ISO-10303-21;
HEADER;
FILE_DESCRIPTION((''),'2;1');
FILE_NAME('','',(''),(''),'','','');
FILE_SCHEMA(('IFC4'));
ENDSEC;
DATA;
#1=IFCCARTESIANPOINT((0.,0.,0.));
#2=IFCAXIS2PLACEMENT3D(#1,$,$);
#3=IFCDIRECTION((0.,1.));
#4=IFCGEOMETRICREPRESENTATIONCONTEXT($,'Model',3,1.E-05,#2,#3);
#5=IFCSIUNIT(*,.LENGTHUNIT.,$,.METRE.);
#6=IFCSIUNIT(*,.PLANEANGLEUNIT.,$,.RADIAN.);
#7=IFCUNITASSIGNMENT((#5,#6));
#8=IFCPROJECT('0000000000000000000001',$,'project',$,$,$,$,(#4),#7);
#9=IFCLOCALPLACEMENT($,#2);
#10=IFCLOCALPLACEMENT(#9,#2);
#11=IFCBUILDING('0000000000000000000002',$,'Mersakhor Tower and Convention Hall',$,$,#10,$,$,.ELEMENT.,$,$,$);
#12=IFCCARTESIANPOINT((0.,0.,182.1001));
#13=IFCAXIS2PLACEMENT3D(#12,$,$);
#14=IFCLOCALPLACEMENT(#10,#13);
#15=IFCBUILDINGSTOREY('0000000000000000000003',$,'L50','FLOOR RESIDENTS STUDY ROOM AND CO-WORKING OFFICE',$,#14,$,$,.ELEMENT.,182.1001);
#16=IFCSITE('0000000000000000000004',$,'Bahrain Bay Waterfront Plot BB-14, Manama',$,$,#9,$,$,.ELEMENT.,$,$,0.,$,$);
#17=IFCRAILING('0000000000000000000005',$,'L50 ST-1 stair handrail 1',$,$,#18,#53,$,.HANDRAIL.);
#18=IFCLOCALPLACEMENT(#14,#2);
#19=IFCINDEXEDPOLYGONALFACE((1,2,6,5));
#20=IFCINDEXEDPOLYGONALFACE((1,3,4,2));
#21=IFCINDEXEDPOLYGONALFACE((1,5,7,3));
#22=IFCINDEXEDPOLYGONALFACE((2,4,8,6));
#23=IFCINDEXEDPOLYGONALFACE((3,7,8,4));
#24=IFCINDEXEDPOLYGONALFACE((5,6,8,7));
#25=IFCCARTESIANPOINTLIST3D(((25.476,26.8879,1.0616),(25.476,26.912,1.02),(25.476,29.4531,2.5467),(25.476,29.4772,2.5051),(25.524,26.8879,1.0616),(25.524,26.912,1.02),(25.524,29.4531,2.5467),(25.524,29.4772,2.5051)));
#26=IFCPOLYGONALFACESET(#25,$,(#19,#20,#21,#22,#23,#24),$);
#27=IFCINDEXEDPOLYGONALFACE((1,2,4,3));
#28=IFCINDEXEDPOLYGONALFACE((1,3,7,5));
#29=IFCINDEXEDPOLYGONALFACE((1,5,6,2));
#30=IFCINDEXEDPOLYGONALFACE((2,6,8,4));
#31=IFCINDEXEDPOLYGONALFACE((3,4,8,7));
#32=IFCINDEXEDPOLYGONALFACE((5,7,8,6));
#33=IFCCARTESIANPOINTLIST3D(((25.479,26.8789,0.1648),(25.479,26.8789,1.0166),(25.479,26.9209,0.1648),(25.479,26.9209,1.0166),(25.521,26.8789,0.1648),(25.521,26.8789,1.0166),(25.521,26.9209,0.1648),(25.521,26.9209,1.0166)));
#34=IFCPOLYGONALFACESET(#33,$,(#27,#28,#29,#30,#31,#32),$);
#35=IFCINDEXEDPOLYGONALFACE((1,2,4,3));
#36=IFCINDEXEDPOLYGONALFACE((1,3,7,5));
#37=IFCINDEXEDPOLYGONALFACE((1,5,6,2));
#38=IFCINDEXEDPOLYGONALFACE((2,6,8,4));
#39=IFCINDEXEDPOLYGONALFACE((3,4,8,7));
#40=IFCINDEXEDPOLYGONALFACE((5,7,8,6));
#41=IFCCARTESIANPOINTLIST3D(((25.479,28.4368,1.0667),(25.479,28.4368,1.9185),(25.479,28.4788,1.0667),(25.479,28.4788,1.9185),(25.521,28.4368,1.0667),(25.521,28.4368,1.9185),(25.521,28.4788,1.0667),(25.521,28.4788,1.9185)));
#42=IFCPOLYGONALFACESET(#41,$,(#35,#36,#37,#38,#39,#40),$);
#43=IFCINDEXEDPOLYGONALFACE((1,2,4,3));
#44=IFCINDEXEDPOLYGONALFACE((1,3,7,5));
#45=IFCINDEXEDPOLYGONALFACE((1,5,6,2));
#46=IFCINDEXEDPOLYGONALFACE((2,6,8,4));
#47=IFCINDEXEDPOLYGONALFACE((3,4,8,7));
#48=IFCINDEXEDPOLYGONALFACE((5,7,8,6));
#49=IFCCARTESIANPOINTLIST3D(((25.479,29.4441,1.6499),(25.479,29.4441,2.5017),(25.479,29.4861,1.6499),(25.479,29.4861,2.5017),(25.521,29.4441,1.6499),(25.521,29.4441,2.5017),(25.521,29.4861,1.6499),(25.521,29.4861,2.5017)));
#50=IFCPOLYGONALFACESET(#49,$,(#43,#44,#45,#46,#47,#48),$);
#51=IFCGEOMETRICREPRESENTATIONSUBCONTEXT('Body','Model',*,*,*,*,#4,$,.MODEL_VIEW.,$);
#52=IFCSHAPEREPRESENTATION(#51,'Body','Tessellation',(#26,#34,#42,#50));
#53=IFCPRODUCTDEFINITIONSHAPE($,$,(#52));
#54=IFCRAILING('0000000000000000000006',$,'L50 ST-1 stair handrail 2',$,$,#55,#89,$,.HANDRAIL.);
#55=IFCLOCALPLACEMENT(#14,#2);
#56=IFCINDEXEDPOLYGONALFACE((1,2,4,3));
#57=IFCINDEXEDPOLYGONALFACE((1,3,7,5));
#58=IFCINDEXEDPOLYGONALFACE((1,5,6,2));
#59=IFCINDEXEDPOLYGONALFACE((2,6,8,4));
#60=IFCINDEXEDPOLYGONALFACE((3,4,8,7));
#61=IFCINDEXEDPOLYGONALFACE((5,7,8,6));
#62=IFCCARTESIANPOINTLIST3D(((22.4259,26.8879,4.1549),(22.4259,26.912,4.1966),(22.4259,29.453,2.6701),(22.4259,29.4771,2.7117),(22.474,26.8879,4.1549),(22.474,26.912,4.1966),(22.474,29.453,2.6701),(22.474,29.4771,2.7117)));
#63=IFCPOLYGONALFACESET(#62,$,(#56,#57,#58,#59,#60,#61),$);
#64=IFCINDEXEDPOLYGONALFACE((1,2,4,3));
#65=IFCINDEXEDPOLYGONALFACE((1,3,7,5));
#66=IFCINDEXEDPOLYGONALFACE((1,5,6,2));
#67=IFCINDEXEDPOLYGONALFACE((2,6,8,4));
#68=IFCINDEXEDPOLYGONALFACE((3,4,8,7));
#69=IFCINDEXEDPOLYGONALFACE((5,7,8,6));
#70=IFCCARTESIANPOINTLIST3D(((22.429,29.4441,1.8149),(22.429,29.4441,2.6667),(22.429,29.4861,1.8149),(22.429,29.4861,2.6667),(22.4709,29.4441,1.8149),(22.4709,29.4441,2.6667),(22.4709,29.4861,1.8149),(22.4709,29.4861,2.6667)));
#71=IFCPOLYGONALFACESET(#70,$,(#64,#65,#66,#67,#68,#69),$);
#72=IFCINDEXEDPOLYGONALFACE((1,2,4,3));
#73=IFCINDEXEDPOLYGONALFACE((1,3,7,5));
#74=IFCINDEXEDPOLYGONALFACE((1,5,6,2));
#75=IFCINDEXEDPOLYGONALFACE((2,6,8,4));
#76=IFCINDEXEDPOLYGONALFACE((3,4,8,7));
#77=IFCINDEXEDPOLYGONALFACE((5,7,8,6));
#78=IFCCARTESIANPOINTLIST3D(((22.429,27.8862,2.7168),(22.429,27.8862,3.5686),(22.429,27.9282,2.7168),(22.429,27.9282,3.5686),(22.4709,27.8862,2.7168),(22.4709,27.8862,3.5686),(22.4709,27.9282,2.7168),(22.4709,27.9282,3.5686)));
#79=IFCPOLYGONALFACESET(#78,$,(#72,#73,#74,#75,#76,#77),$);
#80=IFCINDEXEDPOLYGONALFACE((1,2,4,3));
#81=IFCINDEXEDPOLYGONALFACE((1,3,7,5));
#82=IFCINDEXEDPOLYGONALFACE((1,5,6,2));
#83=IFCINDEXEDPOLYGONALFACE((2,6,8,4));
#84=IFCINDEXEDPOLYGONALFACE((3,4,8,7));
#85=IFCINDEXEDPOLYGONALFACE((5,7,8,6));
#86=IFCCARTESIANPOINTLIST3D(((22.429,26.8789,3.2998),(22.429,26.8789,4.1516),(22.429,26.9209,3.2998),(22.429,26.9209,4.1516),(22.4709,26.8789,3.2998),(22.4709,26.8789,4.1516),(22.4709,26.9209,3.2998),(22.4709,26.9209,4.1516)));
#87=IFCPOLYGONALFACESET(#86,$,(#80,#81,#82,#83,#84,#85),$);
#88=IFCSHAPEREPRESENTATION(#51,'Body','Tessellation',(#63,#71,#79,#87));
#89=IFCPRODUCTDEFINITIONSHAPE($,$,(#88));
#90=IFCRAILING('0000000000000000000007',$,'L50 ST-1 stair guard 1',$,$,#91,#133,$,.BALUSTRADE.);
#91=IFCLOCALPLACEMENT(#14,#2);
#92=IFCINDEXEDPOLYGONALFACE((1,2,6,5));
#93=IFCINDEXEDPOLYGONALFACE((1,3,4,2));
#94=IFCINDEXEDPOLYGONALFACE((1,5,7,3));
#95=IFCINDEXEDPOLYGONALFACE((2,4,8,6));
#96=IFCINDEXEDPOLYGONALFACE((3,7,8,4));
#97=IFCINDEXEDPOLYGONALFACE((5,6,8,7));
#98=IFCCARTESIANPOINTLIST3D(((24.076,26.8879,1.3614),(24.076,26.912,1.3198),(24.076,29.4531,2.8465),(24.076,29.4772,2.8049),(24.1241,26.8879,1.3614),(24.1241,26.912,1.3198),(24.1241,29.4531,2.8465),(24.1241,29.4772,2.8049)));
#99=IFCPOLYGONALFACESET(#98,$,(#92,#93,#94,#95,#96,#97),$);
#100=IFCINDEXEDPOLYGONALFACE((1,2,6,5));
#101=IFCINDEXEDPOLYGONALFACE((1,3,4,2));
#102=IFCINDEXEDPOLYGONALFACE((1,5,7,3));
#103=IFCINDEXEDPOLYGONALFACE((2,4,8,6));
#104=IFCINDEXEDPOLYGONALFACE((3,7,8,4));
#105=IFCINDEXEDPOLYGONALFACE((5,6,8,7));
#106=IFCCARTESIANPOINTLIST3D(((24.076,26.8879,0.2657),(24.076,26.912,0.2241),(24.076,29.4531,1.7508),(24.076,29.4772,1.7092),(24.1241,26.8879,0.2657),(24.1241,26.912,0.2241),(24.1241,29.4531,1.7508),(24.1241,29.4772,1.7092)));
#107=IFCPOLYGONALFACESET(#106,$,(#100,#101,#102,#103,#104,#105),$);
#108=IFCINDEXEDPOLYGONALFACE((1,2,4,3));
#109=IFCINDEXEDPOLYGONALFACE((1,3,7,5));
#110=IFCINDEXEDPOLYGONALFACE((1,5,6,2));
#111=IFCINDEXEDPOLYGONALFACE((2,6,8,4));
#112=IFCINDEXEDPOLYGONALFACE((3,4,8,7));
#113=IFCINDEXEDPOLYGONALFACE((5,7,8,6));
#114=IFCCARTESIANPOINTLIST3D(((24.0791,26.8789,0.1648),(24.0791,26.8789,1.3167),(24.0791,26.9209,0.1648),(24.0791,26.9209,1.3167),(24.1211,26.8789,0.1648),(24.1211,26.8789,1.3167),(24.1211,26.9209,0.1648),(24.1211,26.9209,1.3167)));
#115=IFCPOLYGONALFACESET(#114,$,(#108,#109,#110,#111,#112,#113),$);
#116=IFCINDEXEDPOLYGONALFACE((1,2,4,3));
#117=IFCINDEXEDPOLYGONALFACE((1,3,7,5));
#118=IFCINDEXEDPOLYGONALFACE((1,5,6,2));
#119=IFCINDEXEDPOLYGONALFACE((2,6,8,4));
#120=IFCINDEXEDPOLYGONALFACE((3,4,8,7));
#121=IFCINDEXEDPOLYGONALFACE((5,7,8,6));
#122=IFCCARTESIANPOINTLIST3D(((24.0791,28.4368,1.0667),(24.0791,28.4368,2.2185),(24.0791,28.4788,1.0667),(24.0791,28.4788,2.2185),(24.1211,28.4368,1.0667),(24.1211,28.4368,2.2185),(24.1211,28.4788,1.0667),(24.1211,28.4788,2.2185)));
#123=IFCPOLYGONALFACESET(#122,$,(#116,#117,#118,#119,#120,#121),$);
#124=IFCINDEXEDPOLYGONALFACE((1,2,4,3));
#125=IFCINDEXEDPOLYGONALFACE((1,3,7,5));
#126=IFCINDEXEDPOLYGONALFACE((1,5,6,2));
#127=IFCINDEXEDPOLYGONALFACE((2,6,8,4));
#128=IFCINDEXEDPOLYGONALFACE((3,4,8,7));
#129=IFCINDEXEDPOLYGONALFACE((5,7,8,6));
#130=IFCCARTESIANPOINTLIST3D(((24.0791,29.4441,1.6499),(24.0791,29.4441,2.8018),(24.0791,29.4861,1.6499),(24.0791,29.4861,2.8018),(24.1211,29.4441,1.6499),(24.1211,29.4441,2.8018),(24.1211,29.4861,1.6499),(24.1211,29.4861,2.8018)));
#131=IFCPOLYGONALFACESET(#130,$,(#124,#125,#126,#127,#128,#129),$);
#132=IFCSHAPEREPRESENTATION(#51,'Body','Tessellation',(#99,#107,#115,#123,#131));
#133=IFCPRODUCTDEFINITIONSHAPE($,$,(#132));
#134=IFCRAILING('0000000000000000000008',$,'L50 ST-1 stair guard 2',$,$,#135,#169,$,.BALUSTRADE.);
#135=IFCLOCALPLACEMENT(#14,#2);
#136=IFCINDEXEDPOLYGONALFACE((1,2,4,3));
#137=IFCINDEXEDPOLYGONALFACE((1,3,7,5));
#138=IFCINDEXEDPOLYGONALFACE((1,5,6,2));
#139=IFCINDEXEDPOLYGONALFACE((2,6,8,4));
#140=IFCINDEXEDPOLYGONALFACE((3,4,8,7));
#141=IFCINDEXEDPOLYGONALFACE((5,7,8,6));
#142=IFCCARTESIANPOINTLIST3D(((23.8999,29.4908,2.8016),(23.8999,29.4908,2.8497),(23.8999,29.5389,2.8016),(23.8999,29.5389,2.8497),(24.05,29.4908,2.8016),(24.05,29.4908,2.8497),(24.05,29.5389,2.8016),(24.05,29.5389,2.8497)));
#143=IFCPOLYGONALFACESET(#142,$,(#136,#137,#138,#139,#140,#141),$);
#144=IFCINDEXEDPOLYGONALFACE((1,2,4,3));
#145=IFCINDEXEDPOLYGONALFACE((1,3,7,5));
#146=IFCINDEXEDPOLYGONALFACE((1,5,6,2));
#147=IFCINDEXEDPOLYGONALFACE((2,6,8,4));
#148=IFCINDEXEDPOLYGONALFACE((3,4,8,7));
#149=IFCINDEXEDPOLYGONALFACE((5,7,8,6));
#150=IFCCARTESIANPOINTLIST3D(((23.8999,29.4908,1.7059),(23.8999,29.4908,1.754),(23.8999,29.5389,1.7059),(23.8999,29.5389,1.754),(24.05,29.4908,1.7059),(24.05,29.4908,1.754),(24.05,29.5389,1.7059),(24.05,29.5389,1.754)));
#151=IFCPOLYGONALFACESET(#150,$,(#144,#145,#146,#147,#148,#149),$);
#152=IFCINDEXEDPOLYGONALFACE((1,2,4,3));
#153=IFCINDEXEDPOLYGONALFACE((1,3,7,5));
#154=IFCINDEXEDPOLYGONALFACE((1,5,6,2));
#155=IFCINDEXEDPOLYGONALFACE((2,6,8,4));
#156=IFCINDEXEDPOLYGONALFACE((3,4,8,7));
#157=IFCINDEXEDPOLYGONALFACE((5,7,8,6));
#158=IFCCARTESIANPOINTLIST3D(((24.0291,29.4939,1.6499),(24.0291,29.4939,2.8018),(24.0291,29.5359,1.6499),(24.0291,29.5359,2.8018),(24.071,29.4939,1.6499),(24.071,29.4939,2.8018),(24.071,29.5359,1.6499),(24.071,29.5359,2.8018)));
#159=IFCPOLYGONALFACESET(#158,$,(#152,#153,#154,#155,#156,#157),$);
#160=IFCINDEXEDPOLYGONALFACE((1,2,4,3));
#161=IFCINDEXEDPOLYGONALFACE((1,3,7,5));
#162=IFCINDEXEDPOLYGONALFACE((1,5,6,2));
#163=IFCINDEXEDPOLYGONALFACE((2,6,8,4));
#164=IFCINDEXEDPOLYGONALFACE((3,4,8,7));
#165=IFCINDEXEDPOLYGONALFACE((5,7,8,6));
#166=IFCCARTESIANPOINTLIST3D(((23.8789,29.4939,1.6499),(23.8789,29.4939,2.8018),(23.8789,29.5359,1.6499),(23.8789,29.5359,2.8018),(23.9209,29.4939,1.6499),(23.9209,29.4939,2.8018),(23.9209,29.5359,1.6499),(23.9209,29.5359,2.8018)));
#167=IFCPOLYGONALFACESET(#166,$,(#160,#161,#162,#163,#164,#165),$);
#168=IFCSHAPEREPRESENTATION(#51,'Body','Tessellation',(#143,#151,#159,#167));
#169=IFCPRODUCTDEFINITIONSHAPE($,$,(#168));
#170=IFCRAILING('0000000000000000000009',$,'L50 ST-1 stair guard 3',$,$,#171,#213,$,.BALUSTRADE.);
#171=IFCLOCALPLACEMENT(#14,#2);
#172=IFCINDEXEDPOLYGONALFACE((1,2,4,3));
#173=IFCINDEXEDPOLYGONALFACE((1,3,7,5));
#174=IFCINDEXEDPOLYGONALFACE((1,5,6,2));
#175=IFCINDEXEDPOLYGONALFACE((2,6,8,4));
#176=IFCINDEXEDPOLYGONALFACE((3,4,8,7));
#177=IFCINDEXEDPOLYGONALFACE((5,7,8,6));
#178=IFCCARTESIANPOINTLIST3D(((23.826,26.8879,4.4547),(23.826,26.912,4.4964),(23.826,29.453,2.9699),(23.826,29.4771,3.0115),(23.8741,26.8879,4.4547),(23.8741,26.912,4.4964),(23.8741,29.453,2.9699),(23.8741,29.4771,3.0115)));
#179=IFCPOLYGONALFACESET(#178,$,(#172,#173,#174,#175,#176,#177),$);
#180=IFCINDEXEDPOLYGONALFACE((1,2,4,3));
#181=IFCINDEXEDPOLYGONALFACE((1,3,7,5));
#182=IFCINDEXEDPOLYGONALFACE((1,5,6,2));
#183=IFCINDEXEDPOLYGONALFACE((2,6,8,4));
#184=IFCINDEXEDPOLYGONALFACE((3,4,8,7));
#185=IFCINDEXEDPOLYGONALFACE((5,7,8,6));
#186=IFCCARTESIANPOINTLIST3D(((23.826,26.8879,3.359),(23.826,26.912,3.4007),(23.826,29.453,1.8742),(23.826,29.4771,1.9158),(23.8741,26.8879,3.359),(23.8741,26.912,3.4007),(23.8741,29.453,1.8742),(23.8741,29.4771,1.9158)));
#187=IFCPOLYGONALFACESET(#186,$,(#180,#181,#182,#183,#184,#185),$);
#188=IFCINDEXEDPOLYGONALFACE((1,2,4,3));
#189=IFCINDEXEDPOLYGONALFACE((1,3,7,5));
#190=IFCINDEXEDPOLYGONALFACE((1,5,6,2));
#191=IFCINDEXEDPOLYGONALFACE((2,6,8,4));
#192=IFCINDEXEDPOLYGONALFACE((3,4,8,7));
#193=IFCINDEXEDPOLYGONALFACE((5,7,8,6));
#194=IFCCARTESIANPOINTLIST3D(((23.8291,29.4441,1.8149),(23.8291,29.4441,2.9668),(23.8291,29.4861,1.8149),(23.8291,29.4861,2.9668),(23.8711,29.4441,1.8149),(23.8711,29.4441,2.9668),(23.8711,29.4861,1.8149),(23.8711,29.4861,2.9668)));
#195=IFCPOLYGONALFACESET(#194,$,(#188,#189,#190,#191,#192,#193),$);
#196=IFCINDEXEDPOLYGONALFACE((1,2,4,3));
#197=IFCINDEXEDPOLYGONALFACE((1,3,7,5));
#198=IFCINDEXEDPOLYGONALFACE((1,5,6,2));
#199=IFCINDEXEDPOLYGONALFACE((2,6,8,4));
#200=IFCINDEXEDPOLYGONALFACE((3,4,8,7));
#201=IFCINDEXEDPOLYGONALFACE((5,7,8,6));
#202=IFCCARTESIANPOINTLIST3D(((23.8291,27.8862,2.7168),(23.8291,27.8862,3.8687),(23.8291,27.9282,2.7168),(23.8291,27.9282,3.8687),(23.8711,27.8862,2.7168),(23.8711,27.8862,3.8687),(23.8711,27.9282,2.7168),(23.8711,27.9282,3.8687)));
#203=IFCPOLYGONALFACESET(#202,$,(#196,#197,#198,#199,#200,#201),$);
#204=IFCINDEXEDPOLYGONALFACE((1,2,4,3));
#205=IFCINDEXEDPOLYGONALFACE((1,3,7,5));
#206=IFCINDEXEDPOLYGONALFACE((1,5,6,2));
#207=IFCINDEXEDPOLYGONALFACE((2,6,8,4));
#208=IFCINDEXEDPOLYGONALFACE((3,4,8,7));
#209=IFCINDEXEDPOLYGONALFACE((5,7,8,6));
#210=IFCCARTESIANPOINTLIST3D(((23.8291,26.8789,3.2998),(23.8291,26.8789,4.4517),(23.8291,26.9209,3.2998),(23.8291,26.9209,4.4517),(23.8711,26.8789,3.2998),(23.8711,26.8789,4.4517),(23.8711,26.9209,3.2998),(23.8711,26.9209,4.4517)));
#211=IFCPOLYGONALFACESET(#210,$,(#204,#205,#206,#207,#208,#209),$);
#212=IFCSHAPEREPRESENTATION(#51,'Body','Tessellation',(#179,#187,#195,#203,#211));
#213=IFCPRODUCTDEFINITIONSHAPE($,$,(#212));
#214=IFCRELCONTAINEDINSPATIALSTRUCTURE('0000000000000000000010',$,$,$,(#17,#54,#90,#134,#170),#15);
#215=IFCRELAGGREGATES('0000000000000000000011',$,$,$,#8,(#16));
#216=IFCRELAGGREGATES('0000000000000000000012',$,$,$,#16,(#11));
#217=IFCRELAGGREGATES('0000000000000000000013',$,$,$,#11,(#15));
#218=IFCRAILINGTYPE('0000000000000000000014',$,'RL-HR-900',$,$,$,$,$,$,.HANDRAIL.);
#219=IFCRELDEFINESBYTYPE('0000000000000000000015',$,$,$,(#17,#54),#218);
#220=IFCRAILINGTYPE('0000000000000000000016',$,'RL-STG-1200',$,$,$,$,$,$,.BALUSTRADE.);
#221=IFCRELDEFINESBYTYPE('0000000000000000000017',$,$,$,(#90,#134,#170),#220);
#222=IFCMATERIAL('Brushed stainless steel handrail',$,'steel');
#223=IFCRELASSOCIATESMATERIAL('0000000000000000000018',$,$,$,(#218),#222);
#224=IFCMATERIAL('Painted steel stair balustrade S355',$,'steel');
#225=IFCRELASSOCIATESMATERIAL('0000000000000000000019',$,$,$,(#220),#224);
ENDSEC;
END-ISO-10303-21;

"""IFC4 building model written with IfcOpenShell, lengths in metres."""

from ifc_helpers import new_model, si_unit, direction, frame, origin, origin_2d, place, context, subcontext, project, spatial, rectangle, extrude, material, type_object, element, save


model = new_model("IFC4")

# Units and contexts
model_context = context("Model", 3, precision=1e-05, world=origin(), true_north=direction((0.0, 1.0)))
body_context = subcontext(model_context, "Body", "Model", "MODEL_VIEW")
ifc_project = project(units=[si_unit("LENGTHUNIT", "METRE"), si_unit("PLANEANGLEUNIT", "RADIAN")], contexts=[model_context])

# Site, building, storey
site_placement = place(None, origin())
site = spatial("IfcSite", under=ifc_project, at=site_placement, Name="Bahrain Bay Waterfront Plot BB-14, Manama", CompositionType="ELEMENT", RefElevation=0.0)
building_placement = place(site_placement, origin())
building = spatial("IfcBuilding", under=site, at=building_placement, Name="Mersakhor Tower and Convention Hall", CompositionType="ELEMENT")
storey_placement = place(building_placement, frame((0.0, 0.0, 182.1001)))
storey = spatial("IfcBuildingStorey", under=building, at=storey_placement, Name="L50", Description="FLOOR RESIDENTS STUDY ROOM AND CO-WORKING OFFICE", CompositionType="ELEMENT", Elevation=182.1001)

# Railings
ifc_material_1 = material(Name="Brushed stainless steel handrail", Category="steel")
railing_type_1 = type_object("IfcRailingType", Name="RL-HR-900", PredefinedType="HANDRAIL", material=ifc_material_1)
railing_1_placement = place(storey_placement, frame((25.5, 26.8999, 0.1648)))
element("IfcRailing", 1, at=railing_1_placement, inside=storey, type_object=railing_type_1, Name="L50 ST-1 stair handrail 1", PredefinedType="HANDRAIL", context=body_context, shape_type="SweptSolid", body=[
    extrude(rectangle(XDim=0.0481, YDim=0.0481, at=origin_2d()), frame((0.0, 0.0, 0.876), z_axis=(0.0, 0.865426, 0.501036), x_axis=(-1.0, 0.0, 0.0)), (0.0, 0.0, 1.0), 2.9641),
    extrude(rectangle(XDim=0.042, YDim=0.042, at=origin_2d()), origin(), (0.0, 0.0, 1.0), 0.8518),
    extrude(rectangle(XDim=0.042, YDim=0.042, at=origin_2d()), frame((0.0, 1.5579, 0.9019)), (0.0, 0.0, 1.0), 0.8518),
    extrude(rectangle(XDim=0.042, YDim=0.042, at=origin_2d()), frame((0.0, 2.5652, 1.4851)), (0.0, 0.0, 1.0), 0.8518),
])
railing_2_placement = place(storey_placement, frame((22.45, 29.4651, 1.8149)))
element("IfcRailing", 2, at=railing_2_placement, inside=storey, type_object=railing_type_1, Name="L50 ST-1 stair handrail 2", PredefinedType="HANDRAIL", context=body_context, shape_type="SweptSolid", body=[
    extrude(rectangle(XDim=0.0481, YDim=0.0481, at=origin_2d()), frame((0.0, 0.0, 0.876), z_axis=(0.0, -0.865462, 0.500975), x_axis=(1.0, 0.0, 0.0)), (0.0, 0.0, 1.0), 2.9639),
    extrude(rectangle(XDim=0.042, YDim=0.042, at=origin_2d()), origin(), (0.0, 0.0, 1.0), 0.8518),
    extrude(rectangle(XDim=0.042, YDim=0.042, at=origin_2d()), frame((0.0, -1.5579, 0.9019)), (0.0, 0.0, 1.0), 0.8518),
    extrude(rectangle(XDim=0.042, YDim=0.042, at=origin_2d()), frame((0.0, -2.5652, 1.4849)), (0.0, 0.0, 1.0), 0.8518),
])
ifc_material_2 = material(Name="Painted steel stair balustrade S355", Category="steel")
railing_type_2 = type_object("IfcRailingType", Name="RL-STG-1200", PredefinedType="BALUSTRADE", material=ifc_material_2)
railing_3_placement = place(storey_placement, frame((24.1001, 26.8999, 0.1648)))
element("IfcRailing", 3, at=railing_3_placement, inside=storey, type_object=railing_type_2, Name="L50 ST-1 stair guard 1", PredefinedType="BALUSTRADE", context=body_context, shape_type="SweptSolid", body=[
    extrude(rectangle(XDim=0.0481, YDim=0.0481, at=origin_2d()), frame((0.0, 0.0, 1.1758), z_axis=(0.0, 0.865426, 0.501036), x_axis=(-1.0, 0.0, 0.0)), (0.0, 0.0, 1.0), 2.9641),
    extrude(rectangle(XDim=0.0481, YDim=0.0481, at=origin_2d()), frame((0.0, 0.0, 0.0801), z_axis=(0.0, 0.865426, 0.501036), x_axis=(-1.0, 0.0, 0.0)), (0.0, 0.0, 1.0), 2.9641),
    extrude(rectangle(XDim=0.042, YDim=0.042, at=origin_2d()), origin(), (0.0, 0.0, 1.0), 1.1519),
    extrude(rectangle(XDim=0.042, YDim=0.042, at=origin_2d()), frame((0.0, 1.5579, 0.9019)), (0.0, 0.0, 1.0), 1.1519),
    extrude(rectangle(XDim=0.042, YDim=0.042, at=origin_2d()), frame((0.0, 2.5652, 1.4851)), (0.0, 0.0, 1.0), 1.1519),
])
railing_4_placement = place(storey_placement, frame((24.05, 29.5149, 1.6499)))
element("IfcRailing", 4, at=railing_4_placement, inside=storey, type_object=railing_type_2, Name="L50 ST-1 stair guard 2", PredefinedType="BALUSTRADE", context=body_context, shape_type="SweptSolid", body=[
    extrude(rectangle(XDim=0.0481, YDim=0.0481, at=origin_2d()), frame((0.0, 0.0, 1.1758), z_axis=(-1.0, 0.0, 0.0), x_axis=(0.0, -1.0, 0.0)), (0.0, 0.0, 1.0), 0.1501),
    extrude(rectangle(XDim=0.0481, YDim=0.0481, at=origin_2d()), frame((0.0, 0.0, 0.0801), z_axis=(-1.0, 0.0, 0.0), x_axis=(0.0, -1.0, 0.0)), (0.0, 0.0, 1.0), 0.1501),
    extrude(rectangle(XDim=0.042, YDim=0.042, at=origin_2d()), origin(), (0.0, 0.0, 1.0), 1.1519),
    extrude(rectangle(XDim=0.042, YDim=0.042, at=origin_2d()), frame((-0.1501, 0.0, 0.0)), (0.0, 0.0, 1.0), 1.1519),
])
railing_5_placement = place(storey_placement, frame((23.8501, 29.4651, 1.8149)))
element("IfcRailing", 5, at=railing_5_placement, inside=storey, type_object=railing_type_2, Name="L50 ST-1 stair guard 3", PredefinedType="BALUSTRADE", context=body_context, shape_type="SweptSolid", body=[
    extrude(rectangle(XDim=0.0481, YDim=0.0481, at=origin_2d()), frame((0.0, 0.0, 1.1758), z_axis=(0.0, -0.865462, 0.500975), x_axis=(1.0, 0.0, 0.0)), (0.0, 0.0, 1.0), 2.9639),
    extrude(rectangle(XDim=0.0481, YDim=0.0481, at=origin_2d()), frame((0.0, 0.0, 0.0801), z_axis=(0.0, -0.865462, 0.500975), x_axis=(1.0, 0.0, 0.0)), (0.0, 0.0, 1.0), 2.9639),
    extrude(rectangle(XDim=0.042, YDim=0.042, at=origin_2d()), origin(), (0.0, 0.0, 1.0), 1.1519),
    extrude(rectangle(XDim=0.042, YDim=0.042, at=origin_2d()), frame((0.0, -1.5579, 0.9019)), (0.0, 0.0, 1.0), 1.1519),
    extrude(rectangle(XDim=0.042, YDim=0.042, at=origin_2d()), frame((0.0, -2.5652, 1.4849)), (0.0, 0.0, 1.0), 1.1519),
])

save(model, "model.ifc")
